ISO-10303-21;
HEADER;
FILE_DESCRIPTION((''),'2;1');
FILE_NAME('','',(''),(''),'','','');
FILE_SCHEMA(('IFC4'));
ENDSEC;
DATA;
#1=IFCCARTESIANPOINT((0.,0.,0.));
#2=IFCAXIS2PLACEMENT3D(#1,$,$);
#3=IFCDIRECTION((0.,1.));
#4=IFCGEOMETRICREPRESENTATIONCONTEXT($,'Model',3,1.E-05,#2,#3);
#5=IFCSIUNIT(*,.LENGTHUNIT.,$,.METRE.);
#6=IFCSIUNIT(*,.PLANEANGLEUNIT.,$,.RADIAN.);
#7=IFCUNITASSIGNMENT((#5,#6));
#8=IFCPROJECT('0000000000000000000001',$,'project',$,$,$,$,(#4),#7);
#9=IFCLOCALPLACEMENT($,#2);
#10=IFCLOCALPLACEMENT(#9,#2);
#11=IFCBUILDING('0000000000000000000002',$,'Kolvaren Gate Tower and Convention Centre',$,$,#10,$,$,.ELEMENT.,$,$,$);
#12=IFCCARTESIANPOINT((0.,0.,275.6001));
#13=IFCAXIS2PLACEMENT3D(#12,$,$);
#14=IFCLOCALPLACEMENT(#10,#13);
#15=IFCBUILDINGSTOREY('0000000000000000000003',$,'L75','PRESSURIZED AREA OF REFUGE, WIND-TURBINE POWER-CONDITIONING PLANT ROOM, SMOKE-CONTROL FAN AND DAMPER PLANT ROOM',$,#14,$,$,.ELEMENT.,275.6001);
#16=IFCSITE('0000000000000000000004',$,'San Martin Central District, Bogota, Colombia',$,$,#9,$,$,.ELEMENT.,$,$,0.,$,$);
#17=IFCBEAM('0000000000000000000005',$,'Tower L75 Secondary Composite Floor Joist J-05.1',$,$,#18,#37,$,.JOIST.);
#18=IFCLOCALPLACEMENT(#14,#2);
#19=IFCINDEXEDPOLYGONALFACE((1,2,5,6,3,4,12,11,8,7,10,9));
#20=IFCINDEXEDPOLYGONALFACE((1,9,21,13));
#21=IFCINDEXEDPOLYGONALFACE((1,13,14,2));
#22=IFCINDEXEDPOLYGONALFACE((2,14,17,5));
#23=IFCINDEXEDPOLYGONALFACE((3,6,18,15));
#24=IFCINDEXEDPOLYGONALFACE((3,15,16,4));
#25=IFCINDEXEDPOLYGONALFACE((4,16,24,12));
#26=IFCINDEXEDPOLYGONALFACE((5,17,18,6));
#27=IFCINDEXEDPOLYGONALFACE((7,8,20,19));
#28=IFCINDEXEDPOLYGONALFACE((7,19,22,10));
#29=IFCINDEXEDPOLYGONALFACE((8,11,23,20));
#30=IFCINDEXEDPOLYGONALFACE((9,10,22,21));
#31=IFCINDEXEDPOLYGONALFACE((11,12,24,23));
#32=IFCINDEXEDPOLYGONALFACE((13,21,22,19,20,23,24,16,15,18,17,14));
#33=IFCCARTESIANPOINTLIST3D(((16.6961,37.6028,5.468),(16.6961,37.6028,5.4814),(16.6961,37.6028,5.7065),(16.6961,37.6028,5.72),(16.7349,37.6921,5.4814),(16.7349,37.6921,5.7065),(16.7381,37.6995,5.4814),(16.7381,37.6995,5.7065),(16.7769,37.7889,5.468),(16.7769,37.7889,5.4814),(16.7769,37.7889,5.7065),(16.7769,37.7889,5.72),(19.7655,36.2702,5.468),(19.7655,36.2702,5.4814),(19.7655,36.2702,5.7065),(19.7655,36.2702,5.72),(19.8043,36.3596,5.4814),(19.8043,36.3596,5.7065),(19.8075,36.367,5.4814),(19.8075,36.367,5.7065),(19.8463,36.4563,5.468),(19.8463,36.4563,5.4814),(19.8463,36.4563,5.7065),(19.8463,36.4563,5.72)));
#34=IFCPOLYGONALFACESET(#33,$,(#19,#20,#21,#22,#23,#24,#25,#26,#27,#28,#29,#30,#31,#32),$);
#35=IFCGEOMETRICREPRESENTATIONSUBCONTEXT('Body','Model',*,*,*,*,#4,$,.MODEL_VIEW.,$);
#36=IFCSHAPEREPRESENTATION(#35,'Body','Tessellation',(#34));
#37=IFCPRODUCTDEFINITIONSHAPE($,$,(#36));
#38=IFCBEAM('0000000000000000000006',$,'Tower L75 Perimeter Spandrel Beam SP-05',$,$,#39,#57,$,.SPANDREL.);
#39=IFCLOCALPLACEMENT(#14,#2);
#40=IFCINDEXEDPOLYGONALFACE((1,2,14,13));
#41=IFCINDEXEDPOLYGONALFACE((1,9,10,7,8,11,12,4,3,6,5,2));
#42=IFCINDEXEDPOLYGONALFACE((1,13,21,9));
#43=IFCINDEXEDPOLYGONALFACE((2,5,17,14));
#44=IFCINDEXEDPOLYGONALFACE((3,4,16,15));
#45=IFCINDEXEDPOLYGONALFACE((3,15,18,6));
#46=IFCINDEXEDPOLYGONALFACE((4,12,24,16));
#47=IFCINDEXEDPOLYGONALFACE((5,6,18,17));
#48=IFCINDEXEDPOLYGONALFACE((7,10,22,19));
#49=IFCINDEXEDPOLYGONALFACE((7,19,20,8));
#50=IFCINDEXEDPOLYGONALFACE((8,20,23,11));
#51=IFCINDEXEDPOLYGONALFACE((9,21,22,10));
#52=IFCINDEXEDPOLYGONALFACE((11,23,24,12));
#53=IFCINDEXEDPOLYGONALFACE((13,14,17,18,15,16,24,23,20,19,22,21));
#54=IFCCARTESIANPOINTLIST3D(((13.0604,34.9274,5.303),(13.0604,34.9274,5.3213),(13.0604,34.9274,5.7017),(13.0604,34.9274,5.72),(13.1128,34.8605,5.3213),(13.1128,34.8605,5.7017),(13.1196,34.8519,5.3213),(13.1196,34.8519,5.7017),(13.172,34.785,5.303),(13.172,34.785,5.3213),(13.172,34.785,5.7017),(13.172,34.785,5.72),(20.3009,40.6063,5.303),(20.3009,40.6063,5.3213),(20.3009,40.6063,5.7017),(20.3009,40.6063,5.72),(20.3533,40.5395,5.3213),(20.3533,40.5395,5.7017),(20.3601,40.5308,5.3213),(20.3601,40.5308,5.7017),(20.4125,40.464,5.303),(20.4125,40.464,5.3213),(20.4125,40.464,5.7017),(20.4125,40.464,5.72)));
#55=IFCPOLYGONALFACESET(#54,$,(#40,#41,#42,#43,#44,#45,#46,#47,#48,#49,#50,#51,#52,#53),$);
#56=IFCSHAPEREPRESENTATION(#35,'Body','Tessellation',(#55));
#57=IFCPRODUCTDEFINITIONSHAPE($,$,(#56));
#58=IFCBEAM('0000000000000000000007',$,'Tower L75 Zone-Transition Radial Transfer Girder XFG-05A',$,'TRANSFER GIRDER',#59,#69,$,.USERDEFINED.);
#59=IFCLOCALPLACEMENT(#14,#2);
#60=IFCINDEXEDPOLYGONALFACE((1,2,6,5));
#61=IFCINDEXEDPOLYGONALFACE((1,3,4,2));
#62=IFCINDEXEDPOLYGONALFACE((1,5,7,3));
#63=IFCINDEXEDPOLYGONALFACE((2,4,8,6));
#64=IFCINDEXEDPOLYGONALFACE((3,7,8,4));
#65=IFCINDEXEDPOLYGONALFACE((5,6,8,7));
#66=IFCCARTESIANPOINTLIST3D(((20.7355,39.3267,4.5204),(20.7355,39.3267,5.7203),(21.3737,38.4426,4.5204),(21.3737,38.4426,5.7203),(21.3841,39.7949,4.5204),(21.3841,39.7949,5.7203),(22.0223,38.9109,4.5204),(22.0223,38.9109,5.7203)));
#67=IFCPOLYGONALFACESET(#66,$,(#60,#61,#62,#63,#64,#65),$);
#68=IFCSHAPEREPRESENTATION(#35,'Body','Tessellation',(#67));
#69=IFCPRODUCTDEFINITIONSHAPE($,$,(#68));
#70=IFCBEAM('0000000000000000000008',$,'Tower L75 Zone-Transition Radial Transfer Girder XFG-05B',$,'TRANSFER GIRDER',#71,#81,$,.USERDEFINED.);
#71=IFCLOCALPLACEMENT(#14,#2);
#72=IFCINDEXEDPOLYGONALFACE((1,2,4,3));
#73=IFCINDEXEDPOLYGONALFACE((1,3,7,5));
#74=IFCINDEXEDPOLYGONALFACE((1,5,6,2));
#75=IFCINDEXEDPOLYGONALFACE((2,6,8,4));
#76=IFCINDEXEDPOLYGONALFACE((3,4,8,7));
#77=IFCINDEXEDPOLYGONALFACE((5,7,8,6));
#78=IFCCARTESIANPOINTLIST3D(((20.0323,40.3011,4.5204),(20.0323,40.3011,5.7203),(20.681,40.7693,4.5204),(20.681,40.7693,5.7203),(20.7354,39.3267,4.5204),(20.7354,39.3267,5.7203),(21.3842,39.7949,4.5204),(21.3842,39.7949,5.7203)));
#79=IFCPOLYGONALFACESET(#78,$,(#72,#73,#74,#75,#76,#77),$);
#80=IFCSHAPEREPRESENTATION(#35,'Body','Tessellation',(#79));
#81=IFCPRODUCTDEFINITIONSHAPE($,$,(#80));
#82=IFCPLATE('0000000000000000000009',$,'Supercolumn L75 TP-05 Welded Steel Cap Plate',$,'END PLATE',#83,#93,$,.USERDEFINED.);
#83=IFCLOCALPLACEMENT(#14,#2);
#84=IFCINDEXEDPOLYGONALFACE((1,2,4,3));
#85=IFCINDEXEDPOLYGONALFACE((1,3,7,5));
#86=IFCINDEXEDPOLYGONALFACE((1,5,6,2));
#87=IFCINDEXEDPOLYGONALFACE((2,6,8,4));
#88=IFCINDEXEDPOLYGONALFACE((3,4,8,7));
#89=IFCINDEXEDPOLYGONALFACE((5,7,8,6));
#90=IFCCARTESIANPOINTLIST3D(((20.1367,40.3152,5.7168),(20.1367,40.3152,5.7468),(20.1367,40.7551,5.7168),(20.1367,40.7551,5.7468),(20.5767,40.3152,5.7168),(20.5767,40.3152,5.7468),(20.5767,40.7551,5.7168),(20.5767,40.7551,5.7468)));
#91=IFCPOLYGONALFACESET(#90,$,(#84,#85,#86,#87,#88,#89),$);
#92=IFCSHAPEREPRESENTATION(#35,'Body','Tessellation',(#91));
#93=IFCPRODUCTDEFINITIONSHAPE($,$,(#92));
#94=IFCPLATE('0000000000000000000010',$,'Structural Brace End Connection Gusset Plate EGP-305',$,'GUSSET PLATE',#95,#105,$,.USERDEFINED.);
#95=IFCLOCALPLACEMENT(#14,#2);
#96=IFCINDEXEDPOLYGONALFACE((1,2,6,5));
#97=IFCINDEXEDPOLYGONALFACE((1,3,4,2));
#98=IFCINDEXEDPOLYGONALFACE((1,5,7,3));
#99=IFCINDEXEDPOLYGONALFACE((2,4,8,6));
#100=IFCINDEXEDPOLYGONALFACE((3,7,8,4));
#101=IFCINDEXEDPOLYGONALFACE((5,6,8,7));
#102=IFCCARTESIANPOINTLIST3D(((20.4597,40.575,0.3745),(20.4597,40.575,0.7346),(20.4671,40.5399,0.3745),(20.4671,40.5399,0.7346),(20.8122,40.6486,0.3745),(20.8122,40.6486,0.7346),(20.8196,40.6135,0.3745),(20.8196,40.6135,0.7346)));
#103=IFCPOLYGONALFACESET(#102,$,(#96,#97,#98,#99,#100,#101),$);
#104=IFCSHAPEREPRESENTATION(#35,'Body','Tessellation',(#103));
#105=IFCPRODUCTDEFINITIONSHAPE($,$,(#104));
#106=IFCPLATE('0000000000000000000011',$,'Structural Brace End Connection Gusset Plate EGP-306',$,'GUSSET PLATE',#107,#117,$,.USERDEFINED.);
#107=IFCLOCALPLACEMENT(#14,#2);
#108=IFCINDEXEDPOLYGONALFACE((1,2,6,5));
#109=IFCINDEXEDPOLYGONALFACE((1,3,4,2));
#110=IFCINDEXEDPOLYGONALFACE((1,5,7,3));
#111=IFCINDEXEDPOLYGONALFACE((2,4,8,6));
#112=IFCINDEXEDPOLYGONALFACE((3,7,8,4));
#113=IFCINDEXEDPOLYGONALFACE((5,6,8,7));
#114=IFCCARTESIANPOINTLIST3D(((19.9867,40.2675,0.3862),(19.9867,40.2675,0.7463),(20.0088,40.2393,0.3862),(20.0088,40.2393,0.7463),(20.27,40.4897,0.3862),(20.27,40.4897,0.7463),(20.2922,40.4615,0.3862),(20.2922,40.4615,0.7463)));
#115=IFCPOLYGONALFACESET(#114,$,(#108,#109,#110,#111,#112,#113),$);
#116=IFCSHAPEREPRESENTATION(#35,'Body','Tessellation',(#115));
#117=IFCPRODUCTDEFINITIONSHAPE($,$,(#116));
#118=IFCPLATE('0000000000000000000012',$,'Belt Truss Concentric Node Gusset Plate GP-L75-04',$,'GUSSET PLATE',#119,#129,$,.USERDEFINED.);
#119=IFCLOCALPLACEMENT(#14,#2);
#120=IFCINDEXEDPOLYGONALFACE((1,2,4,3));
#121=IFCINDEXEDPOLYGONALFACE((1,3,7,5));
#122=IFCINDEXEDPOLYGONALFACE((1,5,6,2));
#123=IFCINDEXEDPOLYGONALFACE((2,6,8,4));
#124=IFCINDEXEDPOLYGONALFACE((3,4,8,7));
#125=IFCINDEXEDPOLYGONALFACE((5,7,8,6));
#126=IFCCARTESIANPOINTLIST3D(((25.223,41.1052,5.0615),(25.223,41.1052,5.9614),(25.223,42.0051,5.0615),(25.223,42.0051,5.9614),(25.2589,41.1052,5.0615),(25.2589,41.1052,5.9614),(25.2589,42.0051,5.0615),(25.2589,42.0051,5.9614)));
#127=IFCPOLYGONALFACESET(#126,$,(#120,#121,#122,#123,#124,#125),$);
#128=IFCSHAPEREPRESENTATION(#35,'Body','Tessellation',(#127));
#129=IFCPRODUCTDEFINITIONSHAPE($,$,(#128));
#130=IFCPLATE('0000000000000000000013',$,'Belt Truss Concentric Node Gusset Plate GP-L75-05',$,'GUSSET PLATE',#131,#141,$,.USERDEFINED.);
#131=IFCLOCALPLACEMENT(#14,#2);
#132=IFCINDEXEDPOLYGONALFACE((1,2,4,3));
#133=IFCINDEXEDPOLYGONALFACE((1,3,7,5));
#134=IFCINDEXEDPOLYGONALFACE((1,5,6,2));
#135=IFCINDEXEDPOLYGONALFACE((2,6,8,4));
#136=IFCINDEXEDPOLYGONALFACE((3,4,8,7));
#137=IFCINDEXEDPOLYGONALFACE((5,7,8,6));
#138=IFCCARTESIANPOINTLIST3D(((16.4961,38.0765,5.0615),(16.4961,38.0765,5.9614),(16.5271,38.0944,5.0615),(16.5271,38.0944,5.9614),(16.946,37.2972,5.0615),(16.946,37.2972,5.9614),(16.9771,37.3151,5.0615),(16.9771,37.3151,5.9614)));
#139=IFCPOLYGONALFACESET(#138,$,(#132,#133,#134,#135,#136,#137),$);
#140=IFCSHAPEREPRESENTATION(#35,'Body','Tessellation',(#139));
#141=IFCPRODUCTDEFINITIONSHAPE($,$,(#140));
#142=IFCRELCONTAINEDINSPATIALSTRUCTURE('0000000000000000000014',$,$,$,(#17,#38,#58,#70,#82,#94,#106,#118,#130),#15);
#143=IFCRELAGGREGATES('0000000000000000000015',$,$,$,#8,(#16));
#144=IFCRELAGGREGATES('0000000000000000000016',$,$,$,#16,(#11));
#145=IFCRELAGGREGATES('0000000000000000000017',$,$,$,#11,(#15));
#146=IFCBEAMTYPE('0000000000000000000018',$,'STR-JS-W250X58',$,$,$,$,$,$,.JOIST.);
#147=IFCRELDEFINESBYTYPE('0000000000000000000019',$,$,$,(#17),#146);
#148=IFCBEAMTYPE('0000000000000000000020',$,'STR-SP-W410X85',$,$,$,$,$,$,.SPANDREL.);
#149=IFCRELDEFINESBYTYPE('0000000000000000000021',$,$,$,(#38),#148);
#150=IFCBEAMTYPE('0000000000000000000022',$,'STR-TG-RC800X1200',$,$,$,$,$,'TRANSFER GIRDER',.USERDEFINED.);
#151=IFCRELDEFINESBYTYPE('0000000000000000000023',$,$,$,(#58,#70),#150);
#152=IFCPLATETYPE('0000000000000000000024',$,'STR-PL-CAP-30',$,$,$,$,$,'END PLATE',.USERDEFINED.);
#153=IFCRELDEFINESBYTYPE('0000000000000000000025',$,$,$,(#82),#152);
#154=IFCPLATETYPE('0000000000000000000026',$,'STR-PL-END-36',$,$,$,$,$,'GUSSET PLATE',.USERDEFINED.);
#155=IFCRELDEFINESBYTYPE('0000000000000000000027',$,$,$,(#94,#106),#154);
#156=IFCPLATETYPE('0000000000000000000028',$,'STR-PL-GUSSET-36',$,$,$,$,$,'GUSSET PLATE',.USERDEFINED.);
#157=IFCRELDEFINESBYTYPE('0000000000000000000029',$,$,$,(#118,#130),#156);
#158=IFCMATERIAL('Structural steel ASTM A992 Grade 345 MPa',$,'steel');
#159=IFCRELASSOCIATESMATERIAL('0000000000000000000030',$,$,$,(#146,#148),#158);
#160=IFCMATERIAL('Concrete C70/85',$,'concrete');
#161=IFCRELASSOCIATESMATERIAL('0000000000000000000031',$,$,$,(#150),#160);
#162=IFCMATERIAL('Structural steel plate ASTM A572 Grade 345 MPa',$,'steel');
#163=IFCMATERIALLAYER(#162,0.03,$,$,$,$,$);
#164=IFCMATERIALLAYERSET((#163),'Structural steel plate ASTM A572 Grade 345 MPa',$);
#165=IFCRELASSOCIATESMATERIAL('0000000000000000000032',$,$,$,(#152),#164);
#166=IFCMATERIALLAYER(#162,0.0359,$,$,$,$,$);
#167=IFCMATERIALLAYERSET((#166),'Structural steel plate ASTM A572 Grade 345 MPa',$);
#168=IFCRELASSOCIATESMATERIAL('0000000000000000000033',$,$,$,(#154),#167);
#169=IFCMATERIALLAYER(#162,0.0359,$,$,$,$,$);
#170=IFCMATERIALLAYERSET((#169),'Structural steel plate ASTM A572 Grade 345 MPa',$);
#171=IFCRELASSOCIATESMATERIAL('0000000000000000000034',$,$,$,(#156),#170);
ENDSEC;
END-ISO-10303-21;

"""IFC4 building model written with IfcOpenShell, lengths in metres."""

from ifc_helpers import new_model, si_unit, direction, frame, origin, origin_2d, place, context, subcontext, project, spatial, rectangle, i_section, extrude, material, layer, layer_set, material_profile, profile_set, type_object, element, save


model = new_model("IFC4")

# Units and contexts
model_context = context("Model", 3, precision=1e-05, world=origin(), true_north=direction((0.0, 1.0)))
body_context = subcontext(model_context, "Body", "Model", "MODEL_VIEW")
ifc_project = project(units=[si_unit("LENGTHUNIT", "METRE"), si_unit("PLANEANGLEUNIT", "RADIAN")], contexts=[model_context])

# Site, building, storey
site_placement = place(None, origin())
site = spatial("IfcSite", under=ifc_project, at=site_placement, Name="San Martin Central District, Bogota, Colombia", CompositionType="ELEMENT", RefElevation=0.0)
building_placement = place(site_placement, origin())
building = spatial("IfcBuilding", under=site, at=building_placement, Name="Kolvaren Gate Tower and Convention Centre", CompositionType="ELEMENT")
storey_placement = place(building_placement, frame((0.0, 0.0, 275.6001)))
storey = spatial("IfcBuildingStorey", under=building, at=storey_placement, Name="L75", Description="PRESSURIZED AREA OF REFUGE, WIND-TURBINE POWER-CONDITIONING PLANT ROOM, SMOKE-CONTROL FAN AND DAMPER PLANT ROOM", CompositionType="ELEMENT", Elevation=275.6001)

# Shared definitions
ifc_material_1 = material(Name="Structural steel ASTM A992 Grade 345 MPa", Category="steel")

# Beams
ifc_material_profile_1 = material_profile(ifc_material_1, i_section(OverallWidth=0.2029, OverallDepth=0.252, WebThickness=0.0081, FlangeThickness=0.0134, at=origin_2d()), Name="W250X58")
ifc_profile_set_1 = profile_set([ifc_material_profile_1], Name="Structural steel ASTM A992 Grade 345 MPa")
beam_type_1 = type_object("IfcBeamType", Name="STR-JS-W250X58", PredefinedType="JOIST", material=ifc_profile_set_1)
beam_1_placement = place(storey_placement, frame((19.8059, 36.3633, 5.594), z_axis=(-0.917286, 0.39823, 0.0), x_axis=(-0.39823, -0.917286, 0.0)))
element("IfcBeam", 1, at=beam_1_placement, inside=storey, type_object=beam_type_1, Name="Tower L75 Secondary Composite Floor Joist J-05.1", PredefinedType="JOIST", context=body_context, shape_type="SweptSolid", body=[
    extrude(i_section(OverallWidth=0.2029, OverallDepth=0.252, WebThickness=0.0081, FlangeThickness=0.0134, at=origin_2d()), origin(), (0.0, 0.0, 1.0), 3.3462),
])
ifc_material_profile_2 = material_profile(ifc_material_1, i_section(OverallWidth=0.1809, OverallDepth=0.417, WebThickness=0.011, FlangeThickness=0.0183, at=origin_2d()), Name="W410X85")
ifc_profile_set_2 = profile_set([ifc_material_profile_2], Name="Structural steel ASTM A992 Grade 345 MPa")
beam_type_2 = type_object("IfcBeamType", Name="STR-SP-W410X85", PredefinedType="SPANDREL", material=ifc_profile_set_2)
beam_2_placement = place(storey_placement, frame((20.3567, 40.5352, 5.5115), z_axis=(-0.786846, -0.61715, 0.0), x_axis=(0.61715, -0.786846, 0.0)))
element("IfcBeam", 2, at=beam_2_placement, inside=storey, type_object=beam_type_2, Name="Tower L75 Perimeter Spandrel Beam SP-05", PredefinedType="SPANDREL", context=body_context, shape_type="SweptSolid", body=[
    extrude(i_section(OverallWidth=0.1809, OverallDepth=0.417, WebThickness=0.011, FlangeThickness=0.0183, at=origin_2d()), origin(), (0.0, 0.0, 1.0), 9.2019),
])
ifc_material_2 = material(Name="Concrete C70/85", Category="concrete")
ifc_material_profile_3 = material_profile(ifc_material_2, rectangle(XDim=0.8, YDim=1.2, at=origin_2d()), Name="RC-BM-800X1200")
ifc_profile_set_3 = profile_set([ifc_material_profile_3], Name="Concrete C70/85")
beam_type_3 = type_object("IfcBeamType", Name="STR-TG-RC800X1200", ElementType="TRANSFER GIRDER", PredefinedType="USERDEFINED", material=ifc_profile_set_3)
beam_3_placement = place(storey_placement, frame((21.698, 38.6768, 5.1204), z_axis=(-0.585319, 0.810803, 0.0), x_axis=(-0.810803, -0.585319, 0.0)))
element("IfcBeam", 3, at=beam_3_placement, inside=storey, type_object=beam_type_3, Name="Tower L75 Zone-Transition Radial Transfer Girder XFG-05A", ObjectType="TRANSFER GIRDER", PredefinedType="USERDEFINED", context=body_context, shape_type="SweptSolid", body=[
    extrude(rectangle(XDim=0.8, YDim=1.2, at=origin_2d()), origin(), (0.0, 0.0, 1.0), 1.0903),
])
beam_4_placement = place(storey_placement, frame((21.0598, 39.5608, 5.1204), z_axis=(-0.585172, 0.81091, 0.0), x_axis=(-0.81091, -0.585172, 0.0)))
element("IfcBeam", 4, at=beam_4_placement, inside=storey, type_object=beam_type_3, Name="Tower L75 Zone-Transition Radial Transfer Girder XFG-05B", ObjectType="TRANSFER GIRDER", PredefinedType="USERDEFINED", context=body_context, shape_type="SweptSolid", body=[
    extrude(rectangle(XDim=0.8, YDim=1.2, at=origin_2d()), origin(), (0.0, 0.0, 1.0), 1.2017),
])

# Plates
ifc_material_3 = material(Name="Structural steel plate ASTM A572 Grade 345 MPa", Category="steel")
ifc_layer_1 = layer(ifc_material_3, 0.03)
ifc_layer_set_1 = layer_set([ifc_layer_1], Name="Structural steel plate ASTM A572 Grade 345 MPa")
plate_type_1 = type_object("IfcPlateType", Name="STR-PL-CAP-30", ElementType="END PLATE", PredefinedType="USERDEFINED", material=ifc_layer_set_1)
plate_placement = place(storey_placement, frame((20.3567, 40.5352, 5.7168), z_axis=(0.0, 0.0, 1.0), x_axis=(1.0, 0.0, 0.0)))
element("IfcPlate", 5, at=plate_placement, inside=storey, type_object=plate_type_1, Name="Supercolumn L75 TP-05 Welded Steel Cap Plate", ObjectType="END PLATE", PredefinedType="USERDEFINED", context=body_context, shape_type="SweptSolid", body=[
    extrude(rectangle(XDim=0.4399, YDim=0.4399, at=origin_2d()), origin(), (0.0, 0.0, 1.0), 0.03),
])
ifc_layer_2 = layer(ifc_material_3, 0.0359)
ifc_layer_set_2 = layer_set([ifc_layer_2], Name="Structural steel plate ASTM A572 Grade 345 MPa")
plate_type_2 = type_object("IfcPlateType", Name="STR-PL-END-36", ElementType="GUSSET PLATE", PredefinedType="USERDEFINED", material=ifc_layer_set_2)
for number, where, z_axis, x_axis, name in (
    (6, (20.6396, 40.5942, 0.3745), (0.0, 0.0, 1.0), (0.978885, 0.204411, 0.0), "Structural Brace End Connection Gusset Plate EGP-305"),
    (7, (20.1394, 40.3645, 0.3862), (0.0, 0.0, 1.0), (-0.786848, -0.617147, 0.0), "Structural Brace End Connection Gusset Plate EGP-306"),
):
    element("IfcPlate", number, at=place(storey_placement, frame(where, z_axis=z_axis, x_axis=x_axis)), inside=storey, type_object=plate_type_2, Name=name, ObjectType="GUSSET PLATE", PredefinedType="USERDEFINED", context=body_context, shape_type="SweptSolid", body=[
        extrude(rectangle(XDim=0.3601, YDim=0.0359, at=origin_2d()), origin(), (0.0, 0.0, 1.0), 0.3601),
    ])
ifc_layer_3 = layer(ifc_material_3, 0.0359)
ifc_layer_set_3 = layer_set([ifc_layer_3], Name="Structural steel plate ASTM A572 Grade 345 MPa")
plate_type_3 = type_object("IfcPlateType", Name="STR-PL-GUSSET-36", ElementType="GUSSET PLATE", PredefinedType="USERDEFINED", material=ifc_layer_set_3)
for number, where, z_axis, x_axis, name in (
    (8, (25.241, 41.5552, 5.0615), (0.0, 0.0, 1.0), (0.0, 1.0, 0.0), "Belt Truss Concentric Node Gusset Plate GP-L75-04"),
    (9, (16.7366, 37.6958, 5.0615), (0.0, 0.0, 1.0), (-0.5, 0.866025, 0.0), "Belt Truss Concentric Node Gusset Plate GP-L75-05"),
):
    element("IfcPlate", number, at=place(storey_placement, frame(where, z_axis=z_axis, x_axis=x_axis)), inside=storey, type_object=plate_type_3, Name=name, ObjectType="GUSSET PLATE", PredefinedType="USERDEFINED", context=body_context, shape_type="SweptSolid", body=[
        extrude(rectangle(XDim=0.8999, YDim=0.0359, at=origin_2d()), origin(), (0.0, 0.0, 1.0), 0.8999),
    ])

save(model, "model.ifc")
